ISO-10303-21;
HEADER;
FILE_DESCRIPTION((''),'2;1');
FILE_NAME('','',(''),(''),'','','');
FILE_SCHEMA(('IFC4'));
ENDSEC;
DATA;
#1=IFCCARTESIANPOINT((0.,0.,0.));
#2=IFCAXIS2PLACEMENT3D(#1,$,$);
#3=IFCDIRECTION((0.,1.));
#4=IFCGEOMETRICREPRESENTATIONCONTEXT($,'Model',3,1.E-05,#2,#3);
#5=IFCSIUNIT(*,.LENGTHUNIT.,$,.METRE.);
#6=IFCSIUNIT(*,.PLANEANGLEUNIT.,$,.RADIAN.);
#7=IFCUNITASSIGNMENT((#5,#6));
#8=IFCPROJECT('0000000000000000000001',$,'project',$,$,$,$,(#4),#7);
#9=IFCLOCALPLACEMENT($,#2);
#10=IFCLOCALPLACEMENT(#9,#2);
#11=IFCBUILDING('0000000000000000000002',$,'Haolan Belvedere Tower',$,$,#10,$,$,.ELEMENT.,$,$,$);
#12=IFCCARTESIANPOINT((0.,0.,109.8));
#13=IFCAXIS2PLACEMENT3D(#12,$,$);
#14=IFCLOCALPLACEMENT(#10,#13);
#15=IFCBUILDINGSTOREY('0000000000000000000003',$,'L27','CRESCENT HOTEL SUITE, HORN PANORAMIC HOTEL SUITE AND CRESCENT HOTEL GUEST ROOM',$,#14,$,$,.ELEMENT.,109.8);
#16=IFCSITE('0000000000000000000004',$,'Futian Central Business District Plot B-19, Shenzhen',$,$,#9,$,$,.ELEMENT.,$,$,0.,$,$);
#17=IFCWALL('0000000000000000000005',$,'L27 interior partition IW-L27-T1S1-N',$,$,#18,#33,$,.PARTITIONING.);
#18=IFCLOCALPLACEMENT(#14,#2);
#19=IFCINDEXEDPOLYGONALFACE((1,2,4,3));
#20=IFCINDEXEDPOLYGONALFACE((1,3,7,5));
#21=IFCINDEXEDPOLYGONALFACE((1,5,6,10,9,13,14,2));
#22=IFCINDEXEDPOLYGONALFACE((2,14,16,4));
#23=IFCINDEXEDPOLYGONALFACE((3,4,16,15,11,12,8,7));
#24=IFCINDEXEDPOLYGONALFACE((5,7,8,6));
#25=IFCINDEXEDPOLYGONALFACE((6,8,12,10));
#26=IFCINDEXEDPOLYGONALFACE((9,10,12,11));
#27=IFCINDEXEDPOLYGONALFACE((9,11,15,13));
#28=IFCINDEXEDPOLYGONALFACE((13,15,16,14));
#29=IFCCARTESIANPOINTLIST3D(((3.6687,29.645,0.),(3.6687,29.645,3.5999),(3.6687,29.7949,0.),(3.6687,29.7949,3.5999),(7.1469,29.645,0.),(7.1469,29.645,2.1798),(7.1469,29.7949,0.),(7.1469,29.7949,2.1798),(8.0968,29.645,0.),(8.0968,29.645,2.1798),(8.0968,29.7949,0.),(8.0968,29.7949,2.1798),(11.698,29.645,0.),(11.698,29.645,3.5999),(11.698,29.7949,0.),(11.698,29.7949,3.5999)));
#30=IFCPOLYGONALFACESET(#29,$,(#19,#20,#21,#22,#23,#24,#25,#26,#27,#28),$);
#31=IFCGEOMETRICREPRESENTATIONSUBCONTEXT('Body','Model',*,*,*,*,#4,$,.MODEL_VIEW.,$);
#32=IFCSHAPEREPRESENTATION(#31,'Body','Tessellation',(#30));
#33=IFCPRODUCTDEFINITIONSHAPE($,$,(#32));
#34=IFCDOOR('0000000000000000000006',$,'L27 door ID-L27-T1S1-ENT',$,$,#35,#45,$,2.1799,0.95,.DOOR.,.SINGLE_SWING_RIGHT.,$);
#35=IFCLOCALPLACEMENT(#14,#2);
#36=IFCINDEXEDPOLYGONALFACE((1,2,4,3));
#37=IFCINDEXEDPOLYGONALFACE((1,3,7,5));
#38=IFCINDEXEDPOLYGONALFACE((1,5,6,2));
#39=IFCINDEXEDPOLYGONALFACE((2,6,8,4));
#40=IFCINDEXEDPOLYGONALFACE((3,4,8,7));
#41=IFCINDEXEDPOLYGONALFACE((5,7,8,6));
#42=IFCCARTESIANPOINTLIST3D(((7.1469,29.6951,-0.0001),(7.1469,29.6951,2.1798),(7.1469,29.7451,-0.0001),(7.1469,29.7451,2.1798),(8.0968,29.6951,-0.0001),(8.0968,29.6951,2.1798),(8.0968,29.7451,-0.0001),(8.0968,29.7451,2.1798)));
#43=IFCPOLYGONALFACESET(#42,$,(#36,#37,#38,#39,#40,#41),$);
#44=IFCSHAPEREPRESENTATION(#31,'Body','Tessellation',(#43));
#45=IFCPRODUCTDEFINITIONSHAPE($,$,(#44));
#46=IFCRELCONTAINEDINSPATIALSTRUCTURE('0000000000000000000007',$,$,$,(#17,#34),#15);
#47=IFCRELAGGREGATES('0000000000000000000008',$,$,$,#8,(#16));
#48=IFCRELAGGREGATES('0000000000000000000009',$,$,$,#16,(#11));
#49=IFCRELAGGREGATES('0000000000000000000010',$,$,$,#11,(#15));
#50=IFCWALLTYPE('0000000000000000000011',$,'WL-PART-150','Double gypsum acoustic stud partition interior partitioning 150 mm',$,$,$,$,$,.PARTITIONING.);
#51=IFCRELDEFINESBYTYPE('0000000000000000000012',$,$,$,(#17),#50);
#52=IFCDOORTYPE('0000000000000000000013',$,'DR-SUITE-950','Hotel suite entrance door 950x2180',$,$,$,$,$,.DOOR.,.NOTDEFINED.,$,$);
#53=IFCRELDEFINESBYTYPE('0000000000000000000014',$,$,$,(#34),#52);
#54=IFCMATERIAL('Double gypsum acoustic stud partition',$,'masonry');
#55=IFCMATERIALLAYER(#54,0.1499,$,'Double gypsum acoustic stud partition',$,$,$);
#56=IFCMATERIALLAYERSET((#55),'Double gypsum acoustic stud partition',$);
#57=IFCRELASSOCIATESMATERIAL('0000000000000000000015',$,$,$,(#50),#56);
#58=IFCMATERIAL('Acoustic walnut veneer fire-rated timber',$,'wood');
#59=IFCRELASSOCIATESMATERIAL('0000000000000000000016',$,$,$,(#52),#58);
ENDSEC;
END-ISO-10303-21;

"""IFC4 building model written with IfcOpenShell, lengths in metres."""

from ifc_helpers import new_model, si_unit, direction, frame, frame_2d, origin, place, context, subcontext, project, spatial, rectangle, extrude, material, layer, layer_set, type_object, element, fill, save


model = new_model("IFC4")

# Units and contexts
model_context = context("Model", 3, precision=1e-05, world=origin(), true_north=direction((0.0, 1.0)))
body_context = subcontext(model_context, "Body", "Model", "MODEL_VIEW")
ifc_project = project(units=[si_unit("LENGTHUNIT", "METRE"), si_unit("PLANEANGLEUNIT", "RADIAN")], contexts=[model_context])

# Site, building, storey
site_placement = place(None, origin())
site = spatial("IfcSite", under=ifc_project, at=site_placement, Name="Futian Central Business District Plot B-19, Shenzhen", CompositionType="ELEMENT", RefElevation=0.0)
building_placement = place(site_placement, origin())
building = spatial("IfcBuilding", under=site, at=building_placement, Name="Haolan Belvedere Tower", CompositionType="ELEMENT")
storey_placement = place(building_placement, frame((0.0, 0.0, 109.8)))
storey = spatial("IfcBuildingStorey", under=building, at=storey_placement, Name="L27", Description="CRESCENT HOTEL SUITE, HORN PANORAMIC HOTEL SUITE AND CRESCENT HOTEL GUEST ROOM", CompositionType="ELEMENT", Elevation=109.8)

# Shared definitions
ifc_material_1 = material(Name="Double gypsum acoustic stud partition", Category="masonry")
ifc_layer_1 = layer(ifc_material_1, 0.1499, Name="Double gypsum acoustic stud partition")
ifc_layer_set_1 = layer_set([ifc_layer_1], Name="Double gypsum acoustic stud partition")
wall_type_1 = type_object("IfcWallType", Name="WL-PART-150", Description="Double gypsum acoustic stud partition interior partitioning 150 mm", PredefinedType="PARTITIONING", material=ifc_layer_set_1)
ifc_material_2 = material(Name="Acoustic walnut veneer fire-rated timber", Category="wood")
door_type = type_object("IfcDoorType", Name="DR-SUITE-950", Description="Hotel suite entrance door 950x2180", OperationType="NOTDEFINED", PredefinedType="DOOR", material=ifc_material_2)

# Wall, opening, door
wall_1_placement = place(storey_placement, frame((3.6687, 29.72, 0.0), z_axis=(0.0, 0.0, 1.0), x_axis=(1.0, 0.0, 0.0)))
wall_1 = element("IfcWall", 1, at=wall_1_placement, inside=storey, type_object=wall_type_1, Name="L27 interior partition IW-L27-T1S1-N", PredefinedType="PARTITIONING", context=body_context, shape_type="SweptSolid", body=[
    extrude(rectangle(XDim=8.0293, YDim=0.1499, at=frame_2d((4.0146, 0.0))), origin(), (0.0, 0.0, 1.0), 3.5999),
])
opening_1_placement = place(wall_1_placement, frame((4.4282, 0.0, 0.0), z_axis=(0.0, 0.0, 1.0), x_axis=(-1.0, 0.0, 0.0)))
opening_1 = element("IfcOpeningElement", 2, at=opening_1_placement, cuts=wall_1, PredefinedType="OPENING", context=body_context, shape_type="SweptSolid", body=[
    extrude(rectangle(XDim=0.95, YDim=2.1799, at=frame_2d((0.4751, 1.0898))), frame((0.0, 0.085, 0.0), z_axis=(0.0, -1.0, 0.0), x_axis=(1.0, 0.0, 0.0)), (0.0, 0.0, 1.0), 0.1699),
])
door_1_placement = place(opening_1_placement, origin())
door_1 = element("IfcDoor", 3, at=door_1_placement, inside=storey, type_object=door_type, Name="L27 door ID-L27-T1S1-ENT", OperationType="SINGLE_SWING_RIGHT", OverallHeight=2.1799, OverallWidth=0.95, PredefinedType="DOOR", context=body_context, shape_type="SweptSolid", body=[
    extrude(rectangle(XDim=0.95, YDim=2.1799, at=frame_2d((0.4751, 1.0898))), frame((0.0, 0.0249, 0.0), z_axis=(0.0, -1.0, 0.0), x_axis=(1.0, 0.0, 0.0)), (0.0, 0.0, 1.0), 0.05),
])
fill(opening_1, door_1)

save(model, "model.ifc")
